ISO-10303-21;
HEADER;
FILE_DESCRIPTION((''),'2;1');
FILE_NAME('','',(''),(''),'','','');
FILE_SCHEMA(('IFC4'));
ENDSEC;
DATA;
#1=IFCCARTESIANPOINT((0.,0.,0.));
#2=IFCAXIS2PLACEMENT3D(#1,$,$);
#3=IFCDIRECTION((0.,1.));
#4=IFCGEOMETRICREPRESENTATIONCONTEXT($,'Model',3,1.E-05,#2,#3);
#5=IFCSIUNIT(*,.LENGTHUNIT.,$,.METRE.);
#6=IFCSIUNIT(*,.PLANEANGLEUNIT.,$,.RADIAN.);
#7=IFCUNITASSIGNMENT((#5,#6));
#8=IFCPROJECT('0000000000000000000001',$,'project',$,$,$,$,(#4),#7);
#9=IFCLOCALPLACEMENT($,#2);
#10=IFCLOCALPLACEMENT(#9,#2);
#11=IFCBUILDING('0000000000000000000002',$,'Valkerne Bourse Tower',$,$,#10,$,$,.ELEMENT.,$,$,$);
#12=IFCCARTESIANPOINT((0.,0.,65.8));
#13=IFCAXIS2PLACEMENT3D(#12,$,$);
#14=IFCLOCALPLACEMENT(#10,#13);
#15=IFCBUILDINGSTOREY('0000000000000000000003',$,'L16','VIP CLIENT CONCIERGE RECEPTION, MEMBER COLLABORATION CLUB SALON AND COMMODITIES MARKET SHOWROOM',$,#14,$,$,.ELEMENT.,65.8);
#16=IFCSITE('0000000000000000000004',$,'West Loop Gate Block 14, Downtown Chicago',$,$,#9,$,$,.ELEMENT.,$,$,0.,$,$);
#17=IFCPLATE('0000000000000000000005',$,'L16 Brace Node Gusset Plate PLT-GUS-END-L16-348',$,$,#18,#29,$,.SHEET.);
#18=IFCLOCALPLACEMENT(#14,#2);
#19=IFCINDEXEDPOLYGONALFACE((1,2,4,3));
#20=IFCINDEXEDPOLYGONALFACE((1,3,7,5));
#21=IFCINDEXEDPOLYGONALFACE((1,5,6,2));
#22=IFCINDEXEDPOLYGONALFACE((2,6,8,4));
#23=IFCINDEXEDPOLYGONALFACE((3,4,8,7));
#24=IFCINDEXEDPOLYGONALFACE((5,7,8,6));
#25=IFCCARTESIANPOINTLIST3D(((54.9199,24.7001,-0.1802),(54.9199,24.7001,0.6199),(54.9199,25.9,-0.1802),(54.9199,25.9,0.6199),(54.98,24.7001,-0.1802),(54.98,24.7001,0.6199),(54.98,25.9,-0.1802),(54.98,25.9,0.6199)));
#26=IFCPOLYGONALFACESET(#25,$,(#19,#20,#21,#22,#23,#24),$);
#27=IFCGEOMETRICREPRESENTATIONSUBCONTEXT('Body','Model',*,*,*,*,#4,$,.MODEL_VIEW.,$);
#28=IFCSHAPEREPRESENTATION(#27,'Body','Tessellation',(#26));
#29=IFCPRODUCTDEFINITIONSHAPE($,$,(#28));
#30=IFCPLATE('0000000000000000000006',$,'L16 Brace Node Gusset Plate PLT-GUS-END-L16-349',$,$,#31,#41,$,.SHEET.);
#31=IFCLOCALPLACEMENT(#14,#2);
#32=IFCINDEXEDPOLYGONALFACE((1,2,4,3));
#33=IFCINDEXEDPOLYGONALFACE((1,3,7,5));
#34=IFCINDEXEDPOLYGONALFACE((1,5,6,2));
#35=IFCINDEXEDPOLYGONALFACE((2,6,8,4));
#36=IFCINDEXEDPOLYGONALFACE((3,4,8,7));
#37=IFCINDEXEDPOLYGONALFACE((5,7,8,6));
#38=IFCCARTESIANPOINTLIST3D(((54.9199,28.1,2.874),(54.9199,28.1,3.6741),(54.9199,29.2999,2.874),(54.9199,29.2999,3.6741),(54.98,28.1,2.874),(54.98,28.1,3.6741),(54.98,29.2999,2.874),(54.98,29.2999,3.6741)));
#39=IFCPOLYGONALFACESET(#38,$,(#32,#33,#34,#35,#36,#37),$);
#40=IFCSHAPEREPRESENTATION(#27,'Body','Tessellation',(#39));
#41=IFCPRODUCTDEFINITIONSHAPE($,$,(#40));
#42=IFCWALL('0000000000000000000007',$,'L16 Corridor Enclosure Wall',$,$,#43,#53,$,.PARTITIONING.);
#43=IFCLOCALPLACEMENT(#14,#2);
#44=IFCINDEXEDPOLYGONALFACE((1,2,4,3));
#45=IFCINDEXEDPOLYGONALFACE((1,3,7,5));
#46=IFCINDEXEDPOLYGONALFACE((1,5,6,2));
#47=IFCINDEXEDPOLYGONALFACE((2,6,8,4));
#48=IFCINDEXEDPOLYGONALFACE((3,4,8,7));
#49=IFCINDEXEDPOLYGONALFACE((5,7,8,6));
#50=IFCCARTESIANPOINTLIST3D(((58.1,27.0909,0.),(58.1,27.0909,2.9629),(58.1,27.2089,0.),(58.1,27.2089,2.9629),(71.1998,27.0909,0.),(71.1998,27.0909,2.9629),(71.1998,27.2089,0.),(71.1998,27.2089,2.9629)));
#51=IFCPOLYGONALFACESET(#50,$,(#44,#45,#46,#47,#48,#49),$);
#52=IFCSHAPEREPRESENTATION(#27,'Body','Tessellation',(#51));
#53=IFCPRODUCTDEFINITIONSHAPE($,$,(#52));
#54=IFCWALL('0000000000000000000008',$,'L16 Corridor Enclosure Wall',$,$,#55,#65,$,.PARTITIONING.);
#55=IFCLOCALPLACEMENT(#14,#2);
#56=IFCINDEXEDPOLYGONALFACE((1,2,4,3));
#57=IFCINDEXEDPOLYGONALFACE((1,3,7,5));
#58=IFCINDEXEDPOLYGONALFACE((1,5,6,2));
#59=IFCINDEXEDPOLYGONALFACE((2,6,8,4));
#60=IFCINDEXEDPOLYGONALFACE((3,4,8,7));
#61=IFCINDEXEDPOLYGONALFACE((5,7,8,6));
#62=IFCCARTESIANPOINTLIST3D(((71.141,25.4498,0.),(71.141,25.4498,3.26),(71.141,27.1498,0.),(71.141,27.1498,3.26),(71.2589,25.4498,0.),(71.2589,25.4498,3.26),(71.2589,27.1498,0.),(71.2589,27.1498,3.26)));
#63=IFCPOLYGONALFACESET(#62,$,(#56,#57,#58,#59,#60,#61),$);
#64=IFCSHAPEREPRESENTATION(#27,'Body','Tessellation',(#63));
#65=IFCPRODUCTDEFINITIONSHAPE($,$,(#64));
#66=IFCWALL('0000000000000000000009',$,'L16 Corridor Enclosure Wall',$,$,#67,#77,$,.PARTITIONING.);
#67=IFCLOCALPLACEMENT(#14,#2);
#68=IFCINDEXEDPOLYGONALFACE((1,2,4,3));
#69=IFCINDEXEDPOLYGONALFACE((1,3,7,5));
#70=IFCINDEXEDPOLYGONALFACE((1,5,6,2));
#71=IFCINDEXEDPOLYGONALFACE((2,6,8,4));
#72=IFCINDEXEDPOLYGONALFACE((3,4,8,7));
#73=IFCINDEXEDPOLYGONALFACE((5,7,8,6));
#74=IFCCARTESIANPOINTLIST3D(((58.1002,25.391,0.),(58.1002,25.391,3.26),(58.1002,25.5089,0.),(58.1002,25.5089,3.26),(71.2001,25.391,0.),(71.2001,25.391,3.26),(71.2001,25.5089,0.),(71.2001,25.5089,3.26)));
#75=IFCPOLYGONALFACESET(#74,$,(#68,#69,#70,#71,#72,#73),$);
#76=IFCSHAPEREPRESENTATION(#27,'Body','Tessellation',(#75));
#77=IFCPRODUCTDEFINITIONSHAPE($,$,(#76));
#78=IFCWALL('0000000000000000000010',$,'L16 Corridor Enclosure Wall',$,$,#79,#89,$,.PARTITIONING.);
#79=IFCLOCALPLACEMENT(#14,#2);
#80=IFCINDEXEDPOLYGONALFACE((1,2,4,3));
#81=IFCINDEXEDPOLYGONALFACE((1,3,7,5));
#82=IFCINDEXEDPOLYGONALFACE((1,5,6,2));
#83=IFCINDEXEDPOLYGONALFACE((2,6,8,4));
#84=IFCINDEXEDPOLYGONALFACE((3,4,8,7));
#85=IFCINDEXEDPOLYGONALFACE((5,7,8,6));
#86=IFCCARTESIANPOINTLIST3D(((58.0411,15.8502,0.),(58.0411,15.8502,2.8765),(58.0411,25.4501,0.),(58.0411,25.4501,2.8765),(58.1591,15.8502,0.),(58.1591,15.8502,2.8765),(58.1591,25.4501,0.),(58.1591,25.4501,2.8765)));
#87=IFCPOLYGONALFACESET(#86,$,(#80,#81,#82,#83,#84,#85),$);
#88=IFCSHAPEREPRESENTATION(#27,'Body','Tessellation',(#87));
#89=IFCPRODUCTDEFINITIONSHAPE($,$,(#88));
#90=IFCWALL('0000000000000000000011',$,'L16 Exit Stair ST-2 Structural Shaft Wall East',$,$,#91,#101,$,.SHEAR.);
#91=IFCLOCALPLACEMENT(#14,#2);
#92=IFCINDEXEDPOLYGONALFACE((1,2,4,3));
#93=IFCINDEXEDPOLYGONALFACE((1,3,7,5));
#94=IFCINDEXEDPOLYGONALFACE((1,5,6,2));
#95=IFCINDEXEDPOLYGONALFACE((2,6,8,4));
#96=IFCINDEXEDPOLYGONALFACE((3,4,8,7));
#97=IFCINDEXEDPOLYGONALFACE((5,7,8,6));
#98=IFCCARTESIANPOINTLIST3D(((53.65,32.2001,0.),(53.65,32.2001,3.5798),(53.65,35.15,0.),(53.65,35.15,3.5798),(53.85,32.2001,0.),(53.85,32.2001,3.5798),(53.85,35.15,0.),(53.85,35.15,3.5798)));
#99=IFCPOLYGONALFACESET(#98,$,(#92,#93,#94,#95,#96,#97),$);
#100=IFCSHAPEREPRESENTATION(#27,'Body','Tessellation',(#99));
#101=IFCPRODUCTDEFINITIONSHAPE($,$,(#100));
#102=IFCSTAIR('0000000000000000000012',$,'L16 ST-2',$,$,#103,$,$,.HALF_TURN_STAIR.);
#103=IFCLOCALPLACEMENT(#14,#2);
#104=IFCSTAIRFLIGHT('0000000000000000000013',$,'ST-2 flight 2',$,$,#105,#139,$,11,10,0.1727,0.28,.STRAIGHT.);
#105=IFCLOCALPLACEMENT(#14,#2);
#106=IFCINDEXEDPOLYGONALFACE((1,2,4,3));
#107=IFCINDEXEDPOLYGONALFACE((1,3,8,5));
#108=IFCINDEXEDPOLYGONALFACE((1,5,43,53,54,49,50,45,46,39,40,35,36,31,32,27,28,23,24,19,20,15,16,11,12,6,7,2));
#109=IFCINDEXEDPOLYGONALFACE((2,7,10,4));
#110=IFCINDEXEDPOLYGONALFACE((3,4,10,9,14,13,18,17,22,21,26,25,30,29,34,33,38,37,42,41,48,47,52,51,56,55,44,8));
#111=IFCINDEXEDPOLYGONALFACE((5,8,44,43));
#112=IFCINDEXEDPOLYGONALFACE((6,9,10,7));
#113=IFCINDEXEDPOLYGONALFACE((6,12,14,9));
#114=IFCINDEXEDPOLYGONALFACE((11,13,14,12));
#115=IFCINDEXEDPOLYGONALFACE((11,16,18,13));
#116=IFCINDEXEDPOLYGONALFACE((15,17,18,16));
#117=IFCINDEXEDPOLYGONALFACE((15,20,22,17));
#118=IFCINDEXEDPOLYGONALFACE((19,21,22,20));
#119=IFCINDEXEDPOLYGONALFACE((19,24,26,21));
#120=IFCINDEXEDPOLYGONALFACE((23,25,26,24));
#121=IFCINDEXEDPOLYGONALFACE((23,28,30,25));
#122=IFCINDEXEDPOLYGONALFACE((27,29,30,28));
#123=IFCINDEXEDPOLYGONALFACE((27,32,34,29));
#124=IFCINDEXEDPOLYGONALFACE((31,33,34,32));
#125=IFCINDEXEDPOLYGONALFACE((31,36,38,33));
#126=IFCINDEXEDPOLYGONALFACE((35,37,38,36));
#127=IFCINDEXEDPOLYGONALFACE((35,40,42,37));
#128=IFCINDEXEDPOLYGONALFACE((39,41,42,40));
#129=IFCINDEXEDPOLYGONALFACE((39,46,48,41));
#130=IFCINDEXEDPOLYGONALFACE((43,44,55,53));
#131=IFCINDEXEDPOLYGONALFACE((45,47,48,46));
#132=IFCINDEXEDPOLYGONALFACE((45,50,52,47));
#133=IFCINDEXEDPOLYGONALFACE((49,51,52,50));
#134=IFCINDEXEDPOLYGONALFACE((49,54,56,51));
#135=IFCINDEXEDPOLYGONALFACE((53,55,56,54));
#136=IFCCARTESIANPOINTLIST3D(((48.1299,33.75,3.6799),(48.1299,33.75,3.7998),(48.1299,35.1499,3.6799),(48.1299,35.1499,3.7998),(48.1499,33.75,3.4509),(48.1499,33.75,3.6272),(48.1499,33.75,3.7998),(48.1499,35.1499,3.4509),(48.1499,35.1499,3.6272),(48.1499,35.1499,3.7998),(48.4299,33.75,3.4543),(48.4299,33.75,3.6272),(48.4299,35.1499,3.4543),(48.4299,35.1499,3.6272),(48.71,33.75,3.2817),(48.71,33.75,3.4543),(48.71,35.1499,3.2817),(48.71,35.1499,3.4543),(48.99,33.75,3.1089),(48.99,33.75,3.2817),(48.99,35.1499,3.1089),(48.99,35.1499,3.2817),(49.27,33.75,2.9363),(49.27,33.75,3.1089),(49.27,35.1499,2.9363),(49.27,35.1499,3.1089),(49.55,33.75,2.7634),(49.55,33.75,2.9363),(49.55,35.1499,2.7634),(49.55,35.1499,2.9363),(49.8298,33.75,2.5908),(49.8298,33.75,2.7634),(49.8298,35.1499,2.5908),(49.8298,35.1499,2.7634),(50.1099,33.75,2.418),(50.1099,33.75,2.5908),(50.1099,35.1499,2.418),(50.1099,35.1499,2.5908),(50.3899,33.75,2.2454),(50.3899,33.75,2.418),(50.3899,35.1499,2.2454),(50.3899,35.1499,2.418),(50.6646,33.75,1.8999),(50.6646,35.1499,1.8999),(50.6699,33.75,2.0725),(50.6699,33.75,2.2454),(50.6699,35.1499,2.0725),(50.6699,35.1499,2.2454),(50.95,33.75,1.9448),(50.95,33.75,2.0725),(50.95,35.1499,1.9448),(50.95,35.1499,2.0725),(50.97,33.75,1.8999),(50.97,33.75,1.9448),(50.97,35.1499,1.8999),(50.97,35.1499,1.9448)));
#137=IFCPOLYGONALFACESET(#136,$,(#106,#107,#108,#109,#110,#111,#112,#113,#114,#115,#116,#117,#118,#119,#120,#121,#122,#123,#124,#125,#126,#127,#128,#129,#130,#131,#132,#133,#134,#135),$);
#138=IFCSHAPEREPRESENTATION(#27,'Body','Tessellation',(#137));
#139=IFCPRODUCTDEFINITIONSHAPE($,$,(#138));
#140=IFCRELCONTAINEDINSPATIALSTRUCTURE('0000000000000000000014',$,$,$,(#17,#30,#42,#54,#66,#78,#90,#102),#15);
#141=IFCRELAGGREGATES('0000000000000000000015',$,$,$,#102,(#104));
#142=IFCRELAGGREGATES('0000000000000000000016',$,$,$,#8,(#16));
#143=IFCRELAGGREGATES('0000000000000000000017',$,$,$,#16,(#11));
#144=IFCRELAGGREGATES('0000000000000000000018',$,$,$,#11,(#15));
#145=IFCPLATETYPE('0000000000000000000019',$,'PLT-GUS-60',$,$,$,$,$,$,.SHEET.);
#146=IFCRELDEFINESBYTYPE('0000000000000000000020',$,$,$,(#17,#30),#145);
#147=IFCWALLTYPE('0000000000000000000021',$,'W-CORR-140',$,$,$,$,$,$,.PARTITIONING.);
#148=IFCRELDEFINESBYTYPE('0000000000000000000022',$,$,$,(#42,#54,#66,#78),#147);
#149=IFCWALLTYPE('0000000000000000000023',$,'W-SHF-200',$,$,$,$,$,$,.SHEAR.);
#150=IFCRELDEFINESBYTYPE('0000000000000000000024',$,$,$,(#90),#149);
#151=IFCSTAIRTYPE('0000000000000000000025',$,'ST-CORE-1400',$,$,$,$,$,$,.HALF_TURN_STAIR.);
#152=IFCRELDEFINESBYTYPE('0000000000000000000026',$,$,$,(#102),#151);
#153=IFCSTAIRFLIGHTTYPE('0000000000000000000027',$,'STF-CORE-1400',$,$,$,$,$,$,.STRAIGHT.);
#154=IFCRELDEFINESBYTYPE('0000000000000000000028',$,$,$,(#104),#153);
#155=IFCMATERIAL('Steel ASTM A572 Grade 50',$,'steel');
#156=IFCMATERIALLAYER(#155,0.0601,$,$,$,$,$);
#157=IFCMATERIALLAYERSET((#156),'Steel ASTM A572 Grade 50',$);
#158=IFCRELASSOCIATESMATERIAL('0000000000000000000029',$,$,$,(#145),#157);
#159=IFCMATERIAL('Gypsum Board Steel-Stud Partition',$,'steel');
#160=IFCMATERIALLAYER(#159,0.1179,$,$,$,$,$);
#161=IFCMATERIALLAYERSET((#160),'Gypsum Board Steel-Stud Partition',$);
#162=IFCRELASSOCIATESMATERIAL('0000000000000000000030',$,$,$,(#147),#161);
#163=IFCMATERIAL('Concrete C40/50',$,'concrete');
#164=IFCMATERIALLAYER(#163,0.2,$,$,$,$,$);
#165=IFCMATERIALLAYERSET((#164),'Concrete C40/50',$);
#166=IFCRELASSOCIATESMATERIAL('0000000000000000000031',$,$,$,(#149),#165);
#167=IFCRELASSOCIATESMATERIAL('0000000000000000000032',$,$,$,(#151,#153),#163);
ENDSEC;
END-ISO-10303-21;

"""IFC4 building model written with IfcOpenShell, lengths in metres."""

from ifc_helpers import new_model, si_unit, direction, frame, frame_2d, origin, origin_2d, place, context, subcontext, project, spatial, polyline, rectangle, outline, extrude, material, layer, layer_set, type_object, element, aggregate, save


model = new_model("IFC4")

# Units and contexts
model_context = context("Model", 3, precision=1e-05, world=origin(), true_north=direction((0.0, 1.0)))
body_context = subcontext(model_context, "Body", "Model", "MODEL_VIEW")
ifc_project = project(units=[si_unit("LENGTHUNIT", "METRE"), si_unit("PLANEANGLEUNIT", "RADIAN")], contexts=[model_context])

# Site, building, storey
site_placement = place(None, origin())
site = spatial("IfcSite", under=ifc_project, at=site_placement, Name="West Loop Gate Block 14, Downtown Chicago", CompositionType="ELEMENT", RefElevation=0.0)
building_placement = place(site_placement, origin())
building = spatial("IfcBuilding", under=site, at=building_placement, Name="Valkerne Bourse Tower", CompositionType="ELEMENT")
storey_placement = place(building_placement, frame((0.0, 0.0, 65.8)))
storey = spatial("IfcBuildingStorey", under=building, at=storey_placement, Name="L16", Description="VIP CLIENT CONCIERGE RECEPTION, MEMBER COLLABORATION CLUB SALON AND COMMODITIES MARKET SHOWROOM", CompositionType="ELEMENT", Elevation=65.8)

# Plates
ifc_material_1 = material(Name="Steel ASTM A572 Grade 50", Category="steel")
ifc_layer_1 = layer(ifc_material_1, 0.0601)
ifc_layer_set_1 = layer_set([ifc_layer_1], Name="Steel ASTM A572 Grade 50")
plate_type_1 = type_object("IfcPlateType", Name="PLT-GUS-60", PredefinedType="SHEET", material=ifc_layer_set_1)
for number, where, z_axis, x_axis, name in (
    (1, (54.95, 25.3, -0.1802), (0.0, 0.0, 1.0), (0.0, 1.0, 0.0), "L16 Brace Node Gusset Plate PLT-GUS-END-L16-348"),
    (2, (54.95, 28.7, 2.874), (0.0, 0.0, 1.0), (0.0, 1.0, 0.0), "L16 Brace Node Gusset Plate PLT-GUS-END-L16-349"),
):
    element("IfcPlate", number, at=place(storey_placement, frame(where, z_axis=z_axis, x_axis=x_axis)), inside=storey, type_object=plate_type_1, Name=name, PredefinedType="SHEET", context=body_context, shape_type="SweptSolid", body=[
        extrude(rectangle(XDim=1.2, YDim=0.0601, at=origin_2d()), origin(), (0.0, 0.0, 1.0), 0.8),
    ])

# Walls
ifc_material_2 = material(Name="Gypsum Board Steel-Stud Partition", Category="steel")
ifc_layer_2 = layer(ifc_material_2, 0.1179)
ifc_layer_set_2 = layer_set([ifc_layer_2], Name="Gypsum Board Steel-Stud Partition")
wall_type_1 = type_object("IfcWallType", Name="W-CORR-140", PredefinedType="PARTITIONING", material=ifc_layer_set_2)
wall_1_placement = place(storey_placement, frame((58.1001, 27.1499, 0.0), z_axis=(0.0, 0.0, 1.0), x_axis=(1.0, 0.0, 0.0)))
element("IfcWall", 3, at=wall_1_placement, inside=storey, type_object=wall_type_1, Name="L16 Corridor Enclosure Wall", PredefinedType="PARTITIONING", context=body_context, shape_type="SweptSolid", body=[
    extrude(rectangle(XDim=13.0999, YDim=0.1179, at=frame_2d((6.5498, 0.0))), origin(), (0.0, 0.0, 1.0), 2.9629),
])
wall_2_placement = place(storey_placement, frame((71.2, 27.1499, 0.0), z_axis=(0.0, 0.0, 1.0), x_axis=(0.0, -1.0, 0.0)))
element("IfcWall", 4, at=wall_2_placement, inside=storey, type_object=wall_type_1, Name="L16 Corridor Enclosure Wall", PredefinedType="PARTITIONING", context=body_context, shape_type="SweptSolid", body=[
    extrude(rectangle(XDim=1.7, YDim=0.1179, at=frame_2d((0.8501, 0.0))), origin(), (0.0, 0.0, 1.0), 3.26),
])
wall_3_placement = place(storey_placement, frame((71.2, 25.45, 0.0), z_axis=(0.0, 0.0, 1.0), x_axis=(-1.0, 0.0, 0.0)))
element("IfcWall", 5, at=wall_3_placement, inside=storey, type_object=wall_type_1, Name="L16 Corridor Enclosure Wall", PredefinedType="PARTITIONING", context=body_context, shape_type="SweptSolid", body=[
    extrude(rectangle(XDim=13.0999, YDim=0.1179, at=frame_2d((6.5498, 0.0))), origin(), (0.0, 0.0, 1.0), 3.26),
])
wall_4_placement = place(storey_placement, frame((58.1001, 25.45, 0.0), z_axis=(0.0, 0.0, 1.0), x_axis=(0.0, -1.0, 0.0)))
element("IfcWall", 6, at=wall_4_placement, inside=storey, type_object=wall_type_1, Name="L16 Corridor Enclosure Wall", PredefinedType="PARTITIONING", context=body_context, shape_type="SweptSolid", body=[
    extrude(rectangle(XDim=9.5999, YDim=0.1179, at=frame_2d((4.7998, 0.0))), origin(), (0.0, 0.0, 1.0), 2.8765),
])

# Wall
ifc_material_3 = material(Name="Concrete C40/50", Category="concrete")
ifc_layer_3 = layer(ifc_material_3, 0.2)
ifc_layer_set_3 = layer_set([ifc_layer_3], Name="Concrete C40/50")
wall_type_2 = type_object("IfcWallType", Name="W-SHF-200", PredefinedType="SHEAR", material=ifc_layer_set_3)
wall_5_placement = place(storey_placement, frame((53.75, 32.2, 0.0), z_axis=(0.0, 0.0, 1.0), x_axis=(0.0, 1.0, 0.0)))
element("IfcWall", 7, at=wall_5_placement, inside=storey, type_object=wall_type_2, Name="L16 Exit Stair ST-2 Structural Shaft Wall East", PredefinedType="SHEAR", context=body_context, shape_type="SweptSolid", body=[
    extrude(rectangle(XDim=2.95, YDim=0.2, at=frame_2d((1.4751, 0.0))), origin(), (0.0, 0.0, 1.0), 3.5798),
])

# Stair, stair flight
stair_type = type_object("IfcStairType", Name="ST-CORE-1400", PredefinedType="HALF_TURN_STAIR", material=ifc_material_3)
stair_placement = place(storey_placement, origin())
stair = element("IfcStair", 8, at=stair_placement, inside=storey, type_object=stair_type, Name="L16 ST-2", PredefinedType="HALF_TURN_STAIR")
stair_flight_type = type_object("IfcStairFlightType", Name="STF-CORE-1400", PredefinedType="STRAIGHT", material=ifc_material_3)
stair_flight_placement = place(storey_placement, frame((50.95, 34.45, 1.8999), z_axis=(0.0, 0.0, 1.0), x_axis=(-1.0, 0.0, 0.0)))
stair_flight = element("IfcStairFlight", 9, at=stair_flight_placement, type_object=stair_flight_type, Name="ST-2 flight 2", NumberOfRisers=11, NumberOfTreads=10, PredefinedType="STRAIGHT", RiserHeight=0.1727, TreadLength=0.28, context=body_context, shape_type="SweptSolid", body=[
    extrude(outline(polyline([(-0.02, 0.0), (-0.02, 0.0449), (0.0, 0.0449), (0.0, 0.1726), (0.28, 0.1726), (0.28, 0.3455), (0.5601, 0.3455), (0.5601, 0.5181), (0.8401, 0.5181), (0.8401, 0.6909), (1.1201, 0.6909), (1.1201, 0.8635), (1.3999, 0.8635), (1.3999, 1.0364), (1.6799, 1.0364), (1.6799, 1.209), (1.96, 1.209), (1.96, 1.3818), (2.24, 1.3818), (2.24, 1.5544), (2.52, 1.5544), (2.52, 1.7273), (2.8, 1.7273), (2.8, 1.8999), (2.8201, 1.8999), (2.8201, 1.78), (2.8, 1.551), (0.2854, 0.0), (-0.02, 0.0)])), frame((0.0, 0.7, 0.0), z_axis=(0.0, -1.0, 0.0), x_axis=(1.0, 0.0, 0.0)), (0.0, 0.0, 1.0), 1.3999),
])
aggregate(stair, [stair_flight])

save(model, "model.ifc")
